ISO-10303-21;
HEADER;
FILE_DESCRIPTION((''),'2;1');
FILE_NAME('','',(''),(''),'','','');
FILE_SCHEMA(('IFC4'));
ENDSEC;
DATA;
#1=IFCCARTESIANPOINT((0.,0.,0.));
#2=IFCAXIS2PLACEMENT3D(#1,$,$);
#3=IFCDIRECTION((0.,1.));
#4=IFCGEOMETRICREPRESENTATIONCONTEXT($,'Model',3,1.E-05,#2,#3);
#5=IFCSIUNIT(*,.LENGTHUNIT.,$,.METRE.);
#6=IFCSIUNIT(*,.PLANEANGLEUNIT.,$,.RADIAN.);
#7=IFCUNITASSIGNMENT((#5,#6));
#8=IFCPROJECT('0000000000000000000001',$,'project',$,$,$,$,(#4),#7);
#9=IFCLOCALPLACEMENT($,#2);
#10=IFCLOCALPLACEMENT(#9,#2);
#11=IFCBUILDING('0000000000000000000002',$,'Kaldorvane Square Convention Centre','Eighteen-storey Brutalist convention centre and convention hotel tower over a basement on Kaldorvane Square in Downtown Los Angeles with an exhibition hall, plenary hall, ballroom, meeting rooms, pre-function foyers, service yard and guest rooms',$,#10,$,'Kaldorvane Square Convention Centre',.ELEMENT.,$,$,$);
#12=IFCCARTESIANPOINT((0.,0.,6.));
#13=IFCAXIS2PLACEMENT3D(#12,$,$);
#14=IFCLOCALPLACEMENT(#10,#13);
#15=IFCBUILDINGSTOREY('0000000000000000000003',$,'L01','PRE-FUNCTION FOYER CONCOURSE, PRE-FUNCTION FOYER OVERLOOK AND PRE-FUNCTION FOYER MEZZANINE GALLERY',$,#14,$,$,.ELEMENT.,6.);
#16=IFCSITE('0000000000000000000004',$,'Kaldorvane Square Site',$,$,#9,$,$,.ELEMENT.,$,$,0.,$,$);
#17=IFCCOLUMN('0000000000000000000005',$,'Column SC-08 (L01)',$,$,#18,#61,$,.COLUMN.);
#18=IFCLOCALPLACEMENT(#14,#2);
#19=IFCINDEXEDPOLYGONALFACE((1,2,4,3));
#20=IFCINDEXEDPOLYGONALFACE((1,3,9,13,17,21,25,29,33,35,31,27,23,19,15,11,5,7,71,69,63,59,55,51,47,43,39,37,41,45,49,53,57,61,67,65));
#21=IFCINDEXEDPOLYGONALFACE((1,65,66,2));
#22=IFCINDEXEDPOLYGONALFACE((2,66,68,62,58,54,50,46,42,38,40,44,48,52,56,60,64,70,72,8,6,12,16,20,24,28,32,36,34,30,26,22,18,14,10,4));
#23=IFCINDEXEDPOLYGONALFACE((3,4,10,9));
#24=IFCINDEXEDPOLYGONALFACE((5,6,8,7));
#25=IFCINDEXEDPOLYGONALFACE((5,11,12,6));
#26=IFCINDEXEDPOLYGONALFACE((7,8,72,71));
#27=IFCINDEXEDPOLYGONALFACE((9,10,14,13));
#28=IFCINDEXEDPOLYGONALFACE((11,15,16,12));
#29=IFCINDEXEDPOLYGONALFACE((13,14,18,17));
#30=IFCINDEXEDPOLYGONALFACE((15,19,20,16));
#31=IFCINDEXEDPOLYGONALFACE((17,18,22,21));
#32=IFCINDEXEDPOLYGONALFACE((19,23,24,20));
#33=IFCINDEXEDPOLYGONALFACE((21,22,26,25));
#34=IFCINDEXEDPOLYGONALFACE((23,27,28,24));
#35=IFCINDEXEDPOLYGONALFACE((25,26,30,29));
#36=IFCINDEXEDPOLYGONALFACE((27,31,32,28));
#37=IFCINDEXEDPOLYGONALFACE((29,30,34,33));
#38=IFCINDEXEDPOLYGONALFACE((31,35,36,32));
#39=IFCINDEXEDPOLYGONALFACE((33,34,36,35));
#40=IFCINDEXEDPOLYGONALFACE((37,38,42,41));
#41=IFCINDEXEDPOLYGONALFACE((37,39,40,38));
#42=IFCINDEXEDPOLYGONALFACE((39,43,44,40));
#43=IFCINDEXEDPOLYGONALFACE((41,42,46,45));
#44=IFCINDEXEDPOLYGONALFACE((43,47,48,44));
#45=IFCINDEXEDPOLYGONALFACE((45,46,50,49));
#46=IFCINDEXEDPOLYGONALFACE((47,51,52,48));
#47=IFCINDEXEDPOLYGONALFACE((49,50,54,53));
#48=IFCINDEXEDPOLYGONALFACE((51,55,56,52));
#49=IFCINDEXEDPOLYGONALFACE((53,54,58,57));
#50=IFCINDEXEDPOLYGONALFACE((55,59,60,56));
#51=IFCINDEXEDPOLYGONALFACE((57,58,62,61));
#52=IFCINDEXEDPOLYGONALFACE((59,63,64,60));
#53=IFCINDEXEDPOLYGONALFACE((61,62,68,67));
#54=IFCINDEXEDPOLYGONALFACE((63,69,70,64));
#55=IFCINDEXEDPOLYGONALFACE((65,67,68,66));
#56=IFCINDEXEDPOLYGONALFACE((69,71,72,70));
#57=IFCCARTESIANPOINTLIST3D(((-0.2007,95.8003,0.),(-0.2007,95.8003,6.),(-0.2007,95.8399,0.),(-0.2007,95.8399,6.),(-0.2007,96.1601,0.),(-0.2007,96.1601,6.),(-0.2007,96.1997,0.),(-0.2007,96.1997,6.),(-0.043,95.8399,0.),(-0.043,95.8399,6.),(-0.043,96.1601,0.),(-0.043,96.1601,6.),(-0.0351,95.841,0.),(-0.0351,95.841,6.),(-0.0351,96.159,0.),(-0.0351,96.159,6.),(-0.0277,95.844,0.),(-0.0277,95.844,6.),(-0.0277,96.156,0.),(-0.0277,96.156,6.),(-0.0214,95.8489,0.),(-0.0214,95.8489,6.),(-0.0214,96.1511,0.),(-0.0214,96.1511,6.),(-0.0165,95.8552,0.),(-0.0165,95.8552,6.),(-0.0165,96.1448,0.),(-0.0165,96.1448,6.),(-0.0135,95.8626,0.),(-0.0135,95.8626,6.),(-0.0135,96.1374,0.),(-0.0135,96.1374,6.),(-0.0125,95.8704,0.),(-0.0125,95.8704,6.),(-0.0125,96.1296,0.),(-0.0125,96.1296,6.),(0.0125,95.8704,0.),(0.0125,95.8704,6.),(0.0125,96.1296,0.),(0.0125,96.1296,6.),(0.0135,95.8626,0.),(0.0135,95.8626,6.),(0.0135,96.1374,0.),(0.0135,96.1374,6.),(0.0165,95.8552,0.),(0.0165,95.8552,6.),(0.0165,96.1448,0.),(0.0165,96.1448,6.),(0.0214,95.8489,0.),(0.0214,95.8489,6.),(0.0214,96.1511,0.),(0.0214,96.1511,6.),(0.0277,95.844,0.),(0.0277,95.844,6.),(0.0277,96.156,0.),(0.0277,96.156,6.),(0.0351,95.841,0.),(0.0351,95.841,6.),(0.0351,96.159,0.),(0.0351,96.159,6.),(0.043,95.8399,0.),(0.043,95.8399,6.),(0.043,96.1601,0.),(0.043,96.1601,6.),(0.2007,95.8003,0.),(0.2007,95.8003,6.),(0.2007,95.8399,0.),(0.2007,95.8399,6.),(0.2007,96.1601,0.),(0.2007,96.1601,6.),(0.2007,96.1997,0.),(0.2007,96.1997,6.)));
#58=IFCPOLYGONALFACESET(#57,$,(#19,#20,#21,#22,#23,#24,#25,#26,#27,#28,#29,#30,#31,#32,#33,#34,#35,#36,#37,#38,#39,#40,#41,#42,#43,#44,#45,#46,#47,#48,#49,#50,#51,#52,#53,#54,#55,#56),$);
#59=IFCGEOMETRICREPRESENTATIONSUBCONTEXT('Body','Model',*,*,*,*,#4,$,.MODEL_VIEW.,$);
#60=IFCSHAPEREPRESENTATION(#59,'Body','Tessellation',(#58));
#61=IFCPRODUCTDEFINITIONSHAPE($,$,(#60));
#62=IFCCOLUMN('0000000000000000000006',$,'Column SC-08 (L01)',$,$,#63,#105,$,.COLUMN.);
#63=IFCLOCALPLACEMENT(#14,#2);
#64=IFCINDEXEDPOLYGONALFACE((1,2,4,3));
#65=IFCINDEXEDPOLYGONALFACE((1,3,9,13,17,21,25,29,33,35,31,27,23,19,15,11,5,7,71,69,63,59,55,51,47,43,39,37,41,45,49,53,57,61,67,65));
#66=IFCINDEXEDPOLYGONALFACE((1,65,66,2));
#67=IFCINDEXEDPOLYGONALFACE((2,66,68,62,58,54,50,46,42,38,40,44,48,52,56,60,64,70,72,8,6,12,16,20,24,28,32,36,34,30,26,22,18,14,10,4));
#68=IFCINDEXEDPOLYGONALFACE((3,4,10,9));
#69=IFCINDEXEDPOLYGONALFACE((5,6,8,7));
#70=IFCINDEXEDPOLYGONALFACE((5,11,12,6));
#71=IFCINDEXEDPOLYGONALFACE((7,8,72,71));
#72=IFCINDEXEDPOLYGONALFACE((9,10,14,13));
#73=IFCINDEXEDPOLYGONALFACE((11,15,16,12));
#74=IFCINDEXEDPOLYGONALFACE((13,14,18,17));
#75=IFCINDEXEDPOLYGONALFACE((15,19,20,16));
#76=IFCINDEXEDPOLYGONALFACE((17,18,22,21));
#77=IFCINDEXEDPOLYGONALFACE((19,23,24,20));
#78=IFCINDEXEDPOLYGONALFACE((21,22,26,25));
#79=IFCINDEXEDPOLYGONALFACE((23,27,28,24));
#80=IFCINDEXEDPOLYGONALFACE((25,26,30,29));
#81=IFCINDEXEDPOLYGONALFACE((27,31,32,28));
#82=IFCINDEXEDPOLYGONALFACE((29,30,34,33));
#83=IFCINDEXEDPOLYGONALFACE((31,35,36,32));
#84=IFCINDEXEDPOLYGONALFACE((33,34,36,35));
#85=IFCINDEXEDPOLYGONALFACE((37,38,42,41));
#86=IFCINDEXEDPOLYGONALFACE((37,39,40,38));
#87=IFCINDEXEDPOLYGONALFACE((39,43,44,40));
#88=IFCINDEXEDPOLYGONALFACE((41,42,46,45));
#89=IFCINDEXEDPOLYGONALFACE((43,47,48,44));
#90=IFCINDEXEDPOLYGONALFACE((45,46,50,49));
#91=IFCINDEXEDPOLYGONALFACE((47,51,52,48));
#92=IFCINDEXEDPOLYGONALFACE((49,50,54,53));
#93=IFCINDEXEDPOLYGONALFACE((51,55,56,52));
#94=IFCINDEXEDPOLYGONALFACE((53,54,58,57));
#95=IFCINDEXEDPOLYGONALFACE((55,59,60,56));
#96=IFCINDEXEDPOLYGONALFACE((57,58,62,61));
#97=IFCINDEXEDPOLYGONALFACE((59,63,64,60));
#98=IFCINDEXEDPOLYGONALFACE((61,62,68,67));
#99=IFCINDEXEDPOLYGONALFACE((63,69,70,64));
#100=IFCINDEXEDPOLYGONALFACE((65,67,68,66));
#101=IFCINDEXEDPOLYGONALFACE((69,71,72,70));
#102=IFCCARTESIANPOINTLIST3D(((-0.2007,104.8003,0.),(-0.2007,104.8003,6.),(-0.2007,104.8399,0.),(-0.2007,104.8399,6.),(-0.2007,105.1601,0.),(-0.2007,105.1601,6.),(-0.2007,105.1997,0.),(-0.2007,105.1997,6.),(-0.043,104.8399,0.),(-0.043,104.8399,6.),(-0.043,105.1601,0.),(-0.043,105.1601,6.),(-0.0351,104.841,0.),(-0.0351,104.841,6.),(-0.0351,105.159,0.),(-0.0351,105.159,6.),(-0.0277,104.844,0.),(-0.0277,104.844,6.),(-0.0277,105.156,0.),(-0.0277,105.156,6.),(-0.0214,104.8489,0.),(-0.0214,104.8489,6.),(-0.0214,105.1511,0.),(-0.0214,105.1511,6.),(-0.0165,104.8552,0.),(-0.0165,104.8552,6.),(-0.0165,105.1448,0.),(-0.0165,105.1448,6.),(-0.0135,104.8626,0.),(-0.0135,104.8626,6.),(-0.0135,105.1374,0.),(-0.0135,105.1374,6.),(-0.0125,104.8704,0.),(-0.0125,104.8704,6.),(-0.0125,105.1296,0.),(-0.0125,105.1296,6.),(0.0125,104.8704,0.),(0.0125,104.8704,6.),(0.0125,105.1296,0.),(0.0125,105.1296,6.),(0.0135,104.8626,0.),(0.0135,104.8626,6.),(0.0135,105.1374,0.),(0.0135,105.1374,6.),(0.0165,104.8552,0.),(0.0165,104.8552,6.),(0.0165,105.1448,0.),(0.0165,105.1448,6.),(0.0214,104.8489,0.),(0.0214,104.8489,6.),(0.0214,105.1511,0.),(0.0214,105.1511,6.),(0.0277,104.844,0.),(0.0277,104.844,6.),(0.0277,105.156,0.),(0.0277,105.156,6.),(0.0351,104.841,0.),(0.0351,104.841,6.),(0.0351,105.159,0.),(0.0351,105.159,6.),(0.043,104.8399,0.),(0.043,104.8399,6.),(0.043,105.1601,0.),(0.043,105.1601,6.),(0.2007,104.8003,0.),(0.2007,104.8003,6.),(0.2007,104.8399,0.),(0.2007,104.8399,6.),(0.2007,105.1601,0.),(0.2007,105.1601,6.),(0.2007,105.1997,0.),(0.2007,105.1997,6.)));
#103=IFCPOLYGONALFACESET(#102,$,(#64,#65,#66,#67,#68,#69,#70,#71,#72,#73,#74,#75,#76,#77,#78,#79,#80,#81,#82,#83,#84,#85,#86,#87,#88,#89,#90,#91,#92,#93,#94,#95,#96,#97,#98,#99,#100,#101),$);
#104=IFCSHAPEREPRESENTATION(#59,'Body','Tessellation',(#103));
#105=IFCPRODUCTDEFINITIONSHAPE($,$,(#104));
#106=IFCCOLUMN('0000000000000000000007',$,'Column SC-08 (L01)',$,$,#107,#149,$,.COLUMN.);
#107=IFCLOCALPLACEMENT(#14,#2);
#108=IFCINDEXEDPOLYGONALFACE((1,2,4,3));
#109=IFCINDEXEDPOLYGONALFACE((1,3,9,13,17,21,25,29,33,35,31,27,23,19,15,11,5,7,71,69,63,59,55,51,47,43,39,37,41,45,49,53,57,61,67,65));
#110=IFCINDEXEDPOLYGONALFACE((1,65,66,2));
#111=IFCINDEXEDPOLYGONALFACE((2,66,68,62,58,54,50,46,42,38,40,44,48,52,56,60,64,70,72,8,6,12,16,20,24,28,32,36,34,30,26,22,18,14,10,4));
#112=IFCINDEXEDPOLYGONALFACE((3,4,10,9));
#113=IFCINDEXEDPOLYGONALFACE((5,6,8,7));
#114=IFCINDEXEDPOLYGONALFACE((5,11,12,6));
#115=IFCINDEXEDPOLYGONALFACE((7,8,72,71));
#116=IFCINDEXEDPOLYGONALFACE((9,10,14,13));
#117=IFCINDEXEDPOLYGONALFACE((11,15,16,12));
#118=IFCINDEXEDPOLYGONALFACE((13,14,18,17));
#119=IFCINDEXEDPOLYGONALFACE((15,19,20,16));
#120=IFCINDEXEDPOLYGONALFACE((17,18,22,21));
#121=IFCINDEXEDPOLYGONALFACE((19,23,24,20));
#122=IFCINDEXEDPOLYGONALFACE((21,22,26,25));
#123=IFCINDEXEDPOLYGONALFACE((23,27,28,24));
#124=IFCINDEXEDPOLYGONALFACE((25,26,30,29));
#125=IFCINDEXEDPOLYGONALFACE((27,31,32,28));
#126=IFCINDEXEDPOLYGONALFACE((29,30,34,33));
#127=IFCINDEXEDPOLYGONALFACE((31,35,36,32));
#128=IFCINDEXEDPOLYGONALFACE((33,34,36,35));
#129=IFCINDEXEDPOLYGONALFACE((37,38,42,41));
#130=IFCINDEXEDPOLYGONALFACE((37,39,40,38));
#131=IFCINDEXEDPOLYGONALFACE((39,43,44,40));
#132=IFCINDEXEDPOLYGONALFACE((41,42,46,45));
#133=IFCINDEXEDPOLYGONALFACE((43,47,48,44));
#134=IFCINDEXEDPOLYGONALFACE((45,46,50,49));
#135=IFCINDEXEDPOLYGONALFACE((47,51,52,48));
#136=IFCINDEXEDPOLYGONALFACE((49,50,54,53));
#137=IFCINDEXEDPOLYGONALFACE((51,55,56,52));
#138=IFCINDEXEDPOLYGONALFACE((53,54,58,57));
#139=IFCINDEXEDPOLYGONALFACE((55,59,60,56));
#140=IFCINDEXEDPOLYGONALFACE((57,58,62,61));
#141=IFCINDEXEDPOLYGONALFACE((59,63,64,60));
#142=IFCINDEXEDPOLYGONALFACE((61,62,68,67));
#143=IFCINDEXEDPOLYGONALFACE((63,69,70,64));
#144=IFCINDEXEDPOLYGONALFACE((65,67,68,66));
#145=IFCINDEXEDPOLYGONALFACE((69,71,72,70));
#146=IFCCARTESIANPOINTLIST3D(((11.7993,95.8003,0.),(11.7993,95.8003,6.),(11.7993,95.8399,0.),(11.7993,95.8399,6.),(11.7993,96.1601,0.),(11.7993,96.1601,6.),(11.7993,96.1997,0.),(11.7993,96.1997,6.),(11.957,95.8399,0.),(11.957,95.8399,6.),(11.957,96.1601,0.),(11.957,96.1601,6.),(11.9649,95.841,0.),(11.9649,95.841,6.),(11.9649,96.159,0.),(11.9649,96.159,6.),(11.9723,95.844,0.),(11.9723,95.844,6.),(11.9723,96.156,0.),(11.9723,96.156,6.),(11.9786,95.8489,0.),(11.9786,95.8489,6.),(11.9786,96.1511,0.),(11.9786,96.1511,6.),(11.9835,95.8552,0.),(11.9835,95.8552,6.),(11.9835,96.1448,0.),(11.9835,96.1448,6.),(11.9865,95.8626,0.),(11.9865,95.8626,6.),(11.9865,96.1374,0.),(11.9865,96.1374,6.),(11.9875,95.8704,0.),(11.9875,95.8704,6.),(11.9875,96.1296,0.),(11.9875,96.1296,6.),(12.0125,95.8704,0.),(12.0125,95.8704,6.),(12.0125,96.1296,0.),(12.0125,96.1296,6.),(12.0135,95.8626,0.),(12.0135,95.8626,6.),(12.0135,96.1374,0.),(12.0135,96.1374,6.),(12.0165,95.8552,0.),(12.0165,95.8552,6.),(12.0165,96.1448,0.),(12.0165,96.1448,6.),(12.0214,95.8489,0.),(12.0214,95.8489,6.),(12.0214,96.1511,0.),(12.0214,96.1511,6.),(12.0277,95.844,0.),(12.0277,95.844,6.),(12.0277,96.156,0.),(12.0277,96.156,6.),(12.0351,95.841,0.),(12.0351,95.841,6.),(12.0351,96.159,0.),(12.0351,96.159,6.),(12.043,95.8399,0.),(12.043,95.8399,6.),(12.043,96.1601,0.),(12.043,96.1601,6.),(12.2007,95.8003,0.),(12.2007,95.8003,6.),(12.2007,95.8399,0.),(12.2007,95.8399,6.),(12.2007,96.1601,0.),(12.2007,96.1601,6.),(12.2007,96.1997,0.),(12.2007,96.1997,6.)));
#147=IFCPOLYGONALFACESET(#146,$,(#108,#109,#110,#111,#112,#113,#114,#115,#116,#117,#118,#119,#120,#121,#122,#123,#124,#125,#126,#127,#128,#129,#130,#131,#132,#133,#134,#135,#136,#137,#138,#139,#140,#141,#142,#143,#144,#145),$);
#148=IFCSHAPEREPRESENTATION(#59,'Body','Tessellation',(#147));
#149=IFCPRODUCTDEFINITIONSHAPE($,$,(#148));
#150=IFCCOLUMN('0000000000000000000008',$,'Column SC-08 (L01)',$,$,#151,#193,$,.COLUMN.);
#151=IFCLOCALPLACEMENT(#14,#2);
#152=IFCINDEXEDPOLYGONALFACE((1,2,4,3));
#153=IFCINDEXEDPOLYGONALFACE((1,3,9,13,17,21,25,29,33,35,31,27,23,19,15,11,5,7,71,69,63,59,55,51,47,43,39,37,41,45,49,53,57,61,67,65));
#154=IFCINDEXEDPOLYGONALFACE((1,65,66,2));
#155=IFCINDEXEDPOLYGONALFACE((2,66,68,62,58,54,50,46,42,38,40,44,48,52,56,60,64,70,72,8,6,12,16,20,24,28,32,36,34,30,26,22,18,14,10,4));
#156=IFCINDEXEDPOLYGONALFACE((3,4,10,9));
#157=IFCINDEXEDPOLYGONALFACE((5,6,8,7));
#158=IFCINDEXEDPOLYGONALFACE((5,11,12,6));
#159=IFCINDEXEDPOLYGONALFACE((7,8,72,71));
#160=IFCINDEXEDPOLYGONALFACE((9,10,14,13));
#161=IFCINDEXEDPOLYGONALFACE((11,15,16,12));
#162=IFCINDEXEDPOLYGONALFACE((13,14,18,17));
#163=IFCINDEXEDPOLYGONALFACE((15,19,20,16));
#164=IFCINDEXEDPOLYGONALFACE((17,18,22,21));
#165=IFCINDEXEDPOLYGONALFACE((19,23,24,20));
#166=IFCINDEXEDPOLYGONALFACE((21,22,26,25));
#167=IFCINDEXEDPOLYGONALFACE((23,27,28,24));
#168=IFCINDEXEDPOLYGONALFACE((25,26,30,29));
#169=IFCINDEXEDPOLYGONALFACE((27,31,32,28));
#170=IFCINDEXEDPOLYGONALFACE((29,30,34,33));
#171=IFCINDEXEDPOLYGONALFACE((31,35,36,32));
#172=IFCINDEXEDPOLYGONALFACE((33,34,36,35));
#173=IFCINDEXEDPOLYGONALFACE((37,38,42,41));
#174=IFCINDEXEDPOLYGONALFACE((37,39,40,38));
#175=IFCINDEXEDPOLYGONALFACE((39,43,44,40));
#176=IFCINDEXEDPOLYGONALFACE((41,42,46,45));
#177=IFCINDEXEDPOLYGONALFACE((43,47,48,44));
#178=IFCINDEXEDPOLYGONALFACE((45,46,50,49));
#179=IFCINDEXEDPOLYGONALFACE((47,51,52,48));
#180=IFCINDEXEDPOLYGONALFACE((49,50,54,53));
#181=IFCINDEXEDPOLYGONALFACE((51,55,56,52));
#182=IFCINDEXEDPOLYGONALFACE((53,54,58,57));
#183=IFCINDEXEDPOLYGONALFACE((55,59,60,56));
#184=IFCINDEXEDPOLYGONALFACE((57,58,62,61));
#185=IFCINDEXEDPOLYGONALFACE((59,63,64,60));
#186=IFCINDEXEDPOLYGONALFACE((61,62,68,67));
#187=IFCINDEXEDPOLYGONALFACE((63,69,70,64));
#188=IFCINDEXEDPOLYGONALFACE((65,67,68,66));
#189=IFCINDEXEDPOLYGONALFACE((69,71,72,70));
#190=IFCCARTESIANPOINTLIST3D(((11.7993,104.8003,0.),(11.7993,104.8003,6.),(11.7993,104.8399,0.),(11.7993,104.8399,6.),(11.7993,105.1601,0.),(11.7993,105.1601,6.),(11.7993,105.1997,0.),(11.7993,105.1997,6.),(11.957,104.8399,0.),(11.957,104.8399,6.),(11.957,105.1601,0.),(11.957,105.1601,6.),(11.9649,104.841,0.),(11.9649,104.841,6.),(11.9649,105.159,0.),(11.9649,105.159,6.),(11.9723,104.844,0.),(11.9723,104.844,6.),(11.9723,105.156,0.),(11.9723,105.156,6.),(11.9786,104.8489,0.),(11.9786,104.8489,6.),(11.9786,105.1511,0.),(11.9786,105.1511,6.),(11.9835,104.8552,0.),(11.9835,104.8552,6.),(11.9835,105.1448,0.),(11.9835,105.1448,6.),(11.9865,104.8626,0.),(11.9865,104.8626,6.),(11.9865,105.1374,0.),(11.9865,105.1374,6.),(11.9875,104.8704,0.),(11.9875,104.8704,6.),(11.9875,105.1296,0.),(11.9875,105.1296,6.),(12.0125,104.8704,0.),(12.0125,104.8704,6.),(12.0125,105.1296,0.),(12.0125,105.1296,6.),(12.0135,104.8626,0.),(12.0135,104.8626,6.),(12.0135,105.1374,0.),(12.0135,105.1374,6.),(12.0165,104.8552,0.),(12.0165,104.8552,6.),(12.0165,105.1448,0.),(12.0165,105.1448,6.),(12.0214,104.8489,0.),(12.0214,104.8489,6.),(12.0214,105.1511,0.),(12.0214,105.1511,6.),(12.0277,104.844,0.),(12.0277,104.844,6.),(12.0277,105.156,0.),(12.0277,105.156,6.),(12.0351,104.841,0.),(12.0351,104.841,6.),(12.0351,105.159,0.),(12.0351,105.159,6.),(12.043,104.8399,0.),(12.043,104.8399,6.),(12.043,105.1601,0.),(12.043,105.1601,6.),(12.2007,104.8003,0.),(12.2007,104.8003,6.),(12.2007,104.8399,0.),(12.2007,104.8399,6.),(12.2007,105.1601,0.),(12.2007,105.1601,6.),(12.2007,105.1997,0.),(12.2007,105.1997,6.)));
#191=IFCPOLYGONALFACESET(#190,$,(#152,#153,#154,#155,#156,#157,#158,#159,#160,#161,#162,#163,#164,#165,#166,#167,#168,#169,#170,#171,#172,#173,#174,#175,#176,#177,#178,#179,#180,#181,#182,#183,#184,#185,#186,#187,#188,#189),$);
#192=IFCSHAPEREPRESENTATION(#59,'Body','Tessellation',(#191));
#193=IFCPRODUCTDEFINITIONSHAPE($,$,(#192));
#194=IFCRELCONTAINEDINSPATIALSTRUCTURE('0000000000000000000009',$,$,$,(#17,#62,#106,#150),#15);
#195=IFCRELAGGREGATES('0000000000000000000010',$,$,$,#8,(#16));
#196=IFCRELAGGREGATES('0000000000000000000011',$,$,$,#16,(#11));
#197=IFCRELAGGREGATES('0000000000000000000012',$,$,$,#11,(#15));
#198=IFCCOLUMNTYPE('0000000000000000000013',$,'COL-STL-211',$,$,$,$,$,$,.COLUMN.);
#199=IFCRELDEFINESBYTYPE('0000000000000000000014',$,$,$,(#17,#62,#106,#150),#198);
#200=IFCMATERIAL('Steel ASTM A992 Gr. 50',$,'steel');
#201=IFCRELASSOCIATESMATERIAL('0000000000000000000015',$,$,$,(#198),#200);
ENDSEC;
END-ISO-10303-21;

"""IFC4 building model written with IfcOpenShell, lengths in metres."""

from ifc_helpers import new_model, si_unit, direction, frame, origin, origin_2d, place, context, subcontext, project, spatial, i_section, extrude, material, material_profile, profile_set, type_object, element, save


model = new_model("IFC4")

# Units and contexts
model_context = context("Model", 3, precision=1e-05, world=origin(), true_north=direction((0.0, 1.0)))
body_context = subcontext(model_context, "Body", "Model", "MODEL_VIEW")
ifc_project = project(units=[si_unit("LENGTHUNIT", "METRE"), si_unit("PLANEANGLEUNIT", "RADIAN")], contexts=[model_context])

# Site, building, storey
site_placement = place(None, origin())
site = spatial("IfcSite", under=ifc_project, at=site_placement, Name="Kaldorvane Square Site", CompositionType="ELEMENT", RefElevation=0.0)
building_placement = place(site_placement, origin())
building = spatial("IfcBuilding", under=site, at=building_placement, Name="Kaldorvane Square Convention Centre", Description="Eighteen-storey Brutalist convention centre and convention hotel tower over a basement on Kaldorvane Square in Downtown Los Angeles with an exhibition hall, plenary hall, ballroom, meeting rooms, pre-function foyers, service yard and guest rooms", LongName="Kaldorvane Square Convention Centre", CompositionType="ELEMENT")
storey_placement = place(building_placement, frame((0.0, 0.0, 6.0)))
storey = spatial("IfcBuildingStorey", under=building, at=storey_placement, Name="L01", Description="PRE-FUNCTION FOYER CONCOURSE, PRE-FUNCTION FOYER OVERLOOK AND PRE-FUNCTION FOYER MEZZANINE GALLERY", CompositionType="ELEMENT", Elevation=6.0)

# Columns
ifc_material_1 = material(Name="Steel ASTM A992 Gr. 50", Category="steel")
ifc_material_profile_1 = material_profile(ifc_material_1, i_section(OverallWidth=0.4013, OverallDepth=0.3993, WebThickness=0.0249, FlangeThickness=0.0396, FilletRadius=0.0305, at=origin_2d()), Name="W14X211")
ifc_profile_set_1 = profile_set([ifc_material_profile_1], Name="Steel ASTM A992 Gr. 50")
column_type_1 = type_object("IfcColumnType", Name="COL-STL-211", PredefinedType="COLUMN", material=ifc_profile_set_1)
for number, where, z_axis, x_axis, name in (
    (1, (0.0, 96.0, 0.0), (0.0, 0.0, 1.0), (1.0, 0.0, 0.0), "Column SC-08 (L01)"),
    (2, (0.0, 105.0, 0.0), (0.0, 0.0, 1.0), (1.0, 0.0, 0.0), "Column SC-08 (L01)"),
    (3, (12.0, 96.0, 0.0), (0.0, 0.0, 1.0), (1.0, 0.0, 0.0), "Column SC-08 (L01)"),
    (4, (12.0, 105.0, 0.0), (0.0, 0.0, 1.0), (1.0, 0.0, 0.0), "Column SC-08 (L01)"),
):
    element("IfcColumn", number, at=place(storey_placement, frame(where, z_axis=z_axis, x_axis=x_axis)), inside=storey, type_object=column_type_1, Name=name, PredefinedType="COLUMN", context=body_context, shape_type="SweptSolid", body=[
        extrude(i_section(OverallWidth=0.4013, OverallDepth=0.3993, WebThickness=0.0249, FlangeThickness=0.0396, FilletRadius=0.0305, at=origin_2d()), origin(), (0.0, 0.0, 1.0), 6.0),
    ])

save(model, "model.ifc")
